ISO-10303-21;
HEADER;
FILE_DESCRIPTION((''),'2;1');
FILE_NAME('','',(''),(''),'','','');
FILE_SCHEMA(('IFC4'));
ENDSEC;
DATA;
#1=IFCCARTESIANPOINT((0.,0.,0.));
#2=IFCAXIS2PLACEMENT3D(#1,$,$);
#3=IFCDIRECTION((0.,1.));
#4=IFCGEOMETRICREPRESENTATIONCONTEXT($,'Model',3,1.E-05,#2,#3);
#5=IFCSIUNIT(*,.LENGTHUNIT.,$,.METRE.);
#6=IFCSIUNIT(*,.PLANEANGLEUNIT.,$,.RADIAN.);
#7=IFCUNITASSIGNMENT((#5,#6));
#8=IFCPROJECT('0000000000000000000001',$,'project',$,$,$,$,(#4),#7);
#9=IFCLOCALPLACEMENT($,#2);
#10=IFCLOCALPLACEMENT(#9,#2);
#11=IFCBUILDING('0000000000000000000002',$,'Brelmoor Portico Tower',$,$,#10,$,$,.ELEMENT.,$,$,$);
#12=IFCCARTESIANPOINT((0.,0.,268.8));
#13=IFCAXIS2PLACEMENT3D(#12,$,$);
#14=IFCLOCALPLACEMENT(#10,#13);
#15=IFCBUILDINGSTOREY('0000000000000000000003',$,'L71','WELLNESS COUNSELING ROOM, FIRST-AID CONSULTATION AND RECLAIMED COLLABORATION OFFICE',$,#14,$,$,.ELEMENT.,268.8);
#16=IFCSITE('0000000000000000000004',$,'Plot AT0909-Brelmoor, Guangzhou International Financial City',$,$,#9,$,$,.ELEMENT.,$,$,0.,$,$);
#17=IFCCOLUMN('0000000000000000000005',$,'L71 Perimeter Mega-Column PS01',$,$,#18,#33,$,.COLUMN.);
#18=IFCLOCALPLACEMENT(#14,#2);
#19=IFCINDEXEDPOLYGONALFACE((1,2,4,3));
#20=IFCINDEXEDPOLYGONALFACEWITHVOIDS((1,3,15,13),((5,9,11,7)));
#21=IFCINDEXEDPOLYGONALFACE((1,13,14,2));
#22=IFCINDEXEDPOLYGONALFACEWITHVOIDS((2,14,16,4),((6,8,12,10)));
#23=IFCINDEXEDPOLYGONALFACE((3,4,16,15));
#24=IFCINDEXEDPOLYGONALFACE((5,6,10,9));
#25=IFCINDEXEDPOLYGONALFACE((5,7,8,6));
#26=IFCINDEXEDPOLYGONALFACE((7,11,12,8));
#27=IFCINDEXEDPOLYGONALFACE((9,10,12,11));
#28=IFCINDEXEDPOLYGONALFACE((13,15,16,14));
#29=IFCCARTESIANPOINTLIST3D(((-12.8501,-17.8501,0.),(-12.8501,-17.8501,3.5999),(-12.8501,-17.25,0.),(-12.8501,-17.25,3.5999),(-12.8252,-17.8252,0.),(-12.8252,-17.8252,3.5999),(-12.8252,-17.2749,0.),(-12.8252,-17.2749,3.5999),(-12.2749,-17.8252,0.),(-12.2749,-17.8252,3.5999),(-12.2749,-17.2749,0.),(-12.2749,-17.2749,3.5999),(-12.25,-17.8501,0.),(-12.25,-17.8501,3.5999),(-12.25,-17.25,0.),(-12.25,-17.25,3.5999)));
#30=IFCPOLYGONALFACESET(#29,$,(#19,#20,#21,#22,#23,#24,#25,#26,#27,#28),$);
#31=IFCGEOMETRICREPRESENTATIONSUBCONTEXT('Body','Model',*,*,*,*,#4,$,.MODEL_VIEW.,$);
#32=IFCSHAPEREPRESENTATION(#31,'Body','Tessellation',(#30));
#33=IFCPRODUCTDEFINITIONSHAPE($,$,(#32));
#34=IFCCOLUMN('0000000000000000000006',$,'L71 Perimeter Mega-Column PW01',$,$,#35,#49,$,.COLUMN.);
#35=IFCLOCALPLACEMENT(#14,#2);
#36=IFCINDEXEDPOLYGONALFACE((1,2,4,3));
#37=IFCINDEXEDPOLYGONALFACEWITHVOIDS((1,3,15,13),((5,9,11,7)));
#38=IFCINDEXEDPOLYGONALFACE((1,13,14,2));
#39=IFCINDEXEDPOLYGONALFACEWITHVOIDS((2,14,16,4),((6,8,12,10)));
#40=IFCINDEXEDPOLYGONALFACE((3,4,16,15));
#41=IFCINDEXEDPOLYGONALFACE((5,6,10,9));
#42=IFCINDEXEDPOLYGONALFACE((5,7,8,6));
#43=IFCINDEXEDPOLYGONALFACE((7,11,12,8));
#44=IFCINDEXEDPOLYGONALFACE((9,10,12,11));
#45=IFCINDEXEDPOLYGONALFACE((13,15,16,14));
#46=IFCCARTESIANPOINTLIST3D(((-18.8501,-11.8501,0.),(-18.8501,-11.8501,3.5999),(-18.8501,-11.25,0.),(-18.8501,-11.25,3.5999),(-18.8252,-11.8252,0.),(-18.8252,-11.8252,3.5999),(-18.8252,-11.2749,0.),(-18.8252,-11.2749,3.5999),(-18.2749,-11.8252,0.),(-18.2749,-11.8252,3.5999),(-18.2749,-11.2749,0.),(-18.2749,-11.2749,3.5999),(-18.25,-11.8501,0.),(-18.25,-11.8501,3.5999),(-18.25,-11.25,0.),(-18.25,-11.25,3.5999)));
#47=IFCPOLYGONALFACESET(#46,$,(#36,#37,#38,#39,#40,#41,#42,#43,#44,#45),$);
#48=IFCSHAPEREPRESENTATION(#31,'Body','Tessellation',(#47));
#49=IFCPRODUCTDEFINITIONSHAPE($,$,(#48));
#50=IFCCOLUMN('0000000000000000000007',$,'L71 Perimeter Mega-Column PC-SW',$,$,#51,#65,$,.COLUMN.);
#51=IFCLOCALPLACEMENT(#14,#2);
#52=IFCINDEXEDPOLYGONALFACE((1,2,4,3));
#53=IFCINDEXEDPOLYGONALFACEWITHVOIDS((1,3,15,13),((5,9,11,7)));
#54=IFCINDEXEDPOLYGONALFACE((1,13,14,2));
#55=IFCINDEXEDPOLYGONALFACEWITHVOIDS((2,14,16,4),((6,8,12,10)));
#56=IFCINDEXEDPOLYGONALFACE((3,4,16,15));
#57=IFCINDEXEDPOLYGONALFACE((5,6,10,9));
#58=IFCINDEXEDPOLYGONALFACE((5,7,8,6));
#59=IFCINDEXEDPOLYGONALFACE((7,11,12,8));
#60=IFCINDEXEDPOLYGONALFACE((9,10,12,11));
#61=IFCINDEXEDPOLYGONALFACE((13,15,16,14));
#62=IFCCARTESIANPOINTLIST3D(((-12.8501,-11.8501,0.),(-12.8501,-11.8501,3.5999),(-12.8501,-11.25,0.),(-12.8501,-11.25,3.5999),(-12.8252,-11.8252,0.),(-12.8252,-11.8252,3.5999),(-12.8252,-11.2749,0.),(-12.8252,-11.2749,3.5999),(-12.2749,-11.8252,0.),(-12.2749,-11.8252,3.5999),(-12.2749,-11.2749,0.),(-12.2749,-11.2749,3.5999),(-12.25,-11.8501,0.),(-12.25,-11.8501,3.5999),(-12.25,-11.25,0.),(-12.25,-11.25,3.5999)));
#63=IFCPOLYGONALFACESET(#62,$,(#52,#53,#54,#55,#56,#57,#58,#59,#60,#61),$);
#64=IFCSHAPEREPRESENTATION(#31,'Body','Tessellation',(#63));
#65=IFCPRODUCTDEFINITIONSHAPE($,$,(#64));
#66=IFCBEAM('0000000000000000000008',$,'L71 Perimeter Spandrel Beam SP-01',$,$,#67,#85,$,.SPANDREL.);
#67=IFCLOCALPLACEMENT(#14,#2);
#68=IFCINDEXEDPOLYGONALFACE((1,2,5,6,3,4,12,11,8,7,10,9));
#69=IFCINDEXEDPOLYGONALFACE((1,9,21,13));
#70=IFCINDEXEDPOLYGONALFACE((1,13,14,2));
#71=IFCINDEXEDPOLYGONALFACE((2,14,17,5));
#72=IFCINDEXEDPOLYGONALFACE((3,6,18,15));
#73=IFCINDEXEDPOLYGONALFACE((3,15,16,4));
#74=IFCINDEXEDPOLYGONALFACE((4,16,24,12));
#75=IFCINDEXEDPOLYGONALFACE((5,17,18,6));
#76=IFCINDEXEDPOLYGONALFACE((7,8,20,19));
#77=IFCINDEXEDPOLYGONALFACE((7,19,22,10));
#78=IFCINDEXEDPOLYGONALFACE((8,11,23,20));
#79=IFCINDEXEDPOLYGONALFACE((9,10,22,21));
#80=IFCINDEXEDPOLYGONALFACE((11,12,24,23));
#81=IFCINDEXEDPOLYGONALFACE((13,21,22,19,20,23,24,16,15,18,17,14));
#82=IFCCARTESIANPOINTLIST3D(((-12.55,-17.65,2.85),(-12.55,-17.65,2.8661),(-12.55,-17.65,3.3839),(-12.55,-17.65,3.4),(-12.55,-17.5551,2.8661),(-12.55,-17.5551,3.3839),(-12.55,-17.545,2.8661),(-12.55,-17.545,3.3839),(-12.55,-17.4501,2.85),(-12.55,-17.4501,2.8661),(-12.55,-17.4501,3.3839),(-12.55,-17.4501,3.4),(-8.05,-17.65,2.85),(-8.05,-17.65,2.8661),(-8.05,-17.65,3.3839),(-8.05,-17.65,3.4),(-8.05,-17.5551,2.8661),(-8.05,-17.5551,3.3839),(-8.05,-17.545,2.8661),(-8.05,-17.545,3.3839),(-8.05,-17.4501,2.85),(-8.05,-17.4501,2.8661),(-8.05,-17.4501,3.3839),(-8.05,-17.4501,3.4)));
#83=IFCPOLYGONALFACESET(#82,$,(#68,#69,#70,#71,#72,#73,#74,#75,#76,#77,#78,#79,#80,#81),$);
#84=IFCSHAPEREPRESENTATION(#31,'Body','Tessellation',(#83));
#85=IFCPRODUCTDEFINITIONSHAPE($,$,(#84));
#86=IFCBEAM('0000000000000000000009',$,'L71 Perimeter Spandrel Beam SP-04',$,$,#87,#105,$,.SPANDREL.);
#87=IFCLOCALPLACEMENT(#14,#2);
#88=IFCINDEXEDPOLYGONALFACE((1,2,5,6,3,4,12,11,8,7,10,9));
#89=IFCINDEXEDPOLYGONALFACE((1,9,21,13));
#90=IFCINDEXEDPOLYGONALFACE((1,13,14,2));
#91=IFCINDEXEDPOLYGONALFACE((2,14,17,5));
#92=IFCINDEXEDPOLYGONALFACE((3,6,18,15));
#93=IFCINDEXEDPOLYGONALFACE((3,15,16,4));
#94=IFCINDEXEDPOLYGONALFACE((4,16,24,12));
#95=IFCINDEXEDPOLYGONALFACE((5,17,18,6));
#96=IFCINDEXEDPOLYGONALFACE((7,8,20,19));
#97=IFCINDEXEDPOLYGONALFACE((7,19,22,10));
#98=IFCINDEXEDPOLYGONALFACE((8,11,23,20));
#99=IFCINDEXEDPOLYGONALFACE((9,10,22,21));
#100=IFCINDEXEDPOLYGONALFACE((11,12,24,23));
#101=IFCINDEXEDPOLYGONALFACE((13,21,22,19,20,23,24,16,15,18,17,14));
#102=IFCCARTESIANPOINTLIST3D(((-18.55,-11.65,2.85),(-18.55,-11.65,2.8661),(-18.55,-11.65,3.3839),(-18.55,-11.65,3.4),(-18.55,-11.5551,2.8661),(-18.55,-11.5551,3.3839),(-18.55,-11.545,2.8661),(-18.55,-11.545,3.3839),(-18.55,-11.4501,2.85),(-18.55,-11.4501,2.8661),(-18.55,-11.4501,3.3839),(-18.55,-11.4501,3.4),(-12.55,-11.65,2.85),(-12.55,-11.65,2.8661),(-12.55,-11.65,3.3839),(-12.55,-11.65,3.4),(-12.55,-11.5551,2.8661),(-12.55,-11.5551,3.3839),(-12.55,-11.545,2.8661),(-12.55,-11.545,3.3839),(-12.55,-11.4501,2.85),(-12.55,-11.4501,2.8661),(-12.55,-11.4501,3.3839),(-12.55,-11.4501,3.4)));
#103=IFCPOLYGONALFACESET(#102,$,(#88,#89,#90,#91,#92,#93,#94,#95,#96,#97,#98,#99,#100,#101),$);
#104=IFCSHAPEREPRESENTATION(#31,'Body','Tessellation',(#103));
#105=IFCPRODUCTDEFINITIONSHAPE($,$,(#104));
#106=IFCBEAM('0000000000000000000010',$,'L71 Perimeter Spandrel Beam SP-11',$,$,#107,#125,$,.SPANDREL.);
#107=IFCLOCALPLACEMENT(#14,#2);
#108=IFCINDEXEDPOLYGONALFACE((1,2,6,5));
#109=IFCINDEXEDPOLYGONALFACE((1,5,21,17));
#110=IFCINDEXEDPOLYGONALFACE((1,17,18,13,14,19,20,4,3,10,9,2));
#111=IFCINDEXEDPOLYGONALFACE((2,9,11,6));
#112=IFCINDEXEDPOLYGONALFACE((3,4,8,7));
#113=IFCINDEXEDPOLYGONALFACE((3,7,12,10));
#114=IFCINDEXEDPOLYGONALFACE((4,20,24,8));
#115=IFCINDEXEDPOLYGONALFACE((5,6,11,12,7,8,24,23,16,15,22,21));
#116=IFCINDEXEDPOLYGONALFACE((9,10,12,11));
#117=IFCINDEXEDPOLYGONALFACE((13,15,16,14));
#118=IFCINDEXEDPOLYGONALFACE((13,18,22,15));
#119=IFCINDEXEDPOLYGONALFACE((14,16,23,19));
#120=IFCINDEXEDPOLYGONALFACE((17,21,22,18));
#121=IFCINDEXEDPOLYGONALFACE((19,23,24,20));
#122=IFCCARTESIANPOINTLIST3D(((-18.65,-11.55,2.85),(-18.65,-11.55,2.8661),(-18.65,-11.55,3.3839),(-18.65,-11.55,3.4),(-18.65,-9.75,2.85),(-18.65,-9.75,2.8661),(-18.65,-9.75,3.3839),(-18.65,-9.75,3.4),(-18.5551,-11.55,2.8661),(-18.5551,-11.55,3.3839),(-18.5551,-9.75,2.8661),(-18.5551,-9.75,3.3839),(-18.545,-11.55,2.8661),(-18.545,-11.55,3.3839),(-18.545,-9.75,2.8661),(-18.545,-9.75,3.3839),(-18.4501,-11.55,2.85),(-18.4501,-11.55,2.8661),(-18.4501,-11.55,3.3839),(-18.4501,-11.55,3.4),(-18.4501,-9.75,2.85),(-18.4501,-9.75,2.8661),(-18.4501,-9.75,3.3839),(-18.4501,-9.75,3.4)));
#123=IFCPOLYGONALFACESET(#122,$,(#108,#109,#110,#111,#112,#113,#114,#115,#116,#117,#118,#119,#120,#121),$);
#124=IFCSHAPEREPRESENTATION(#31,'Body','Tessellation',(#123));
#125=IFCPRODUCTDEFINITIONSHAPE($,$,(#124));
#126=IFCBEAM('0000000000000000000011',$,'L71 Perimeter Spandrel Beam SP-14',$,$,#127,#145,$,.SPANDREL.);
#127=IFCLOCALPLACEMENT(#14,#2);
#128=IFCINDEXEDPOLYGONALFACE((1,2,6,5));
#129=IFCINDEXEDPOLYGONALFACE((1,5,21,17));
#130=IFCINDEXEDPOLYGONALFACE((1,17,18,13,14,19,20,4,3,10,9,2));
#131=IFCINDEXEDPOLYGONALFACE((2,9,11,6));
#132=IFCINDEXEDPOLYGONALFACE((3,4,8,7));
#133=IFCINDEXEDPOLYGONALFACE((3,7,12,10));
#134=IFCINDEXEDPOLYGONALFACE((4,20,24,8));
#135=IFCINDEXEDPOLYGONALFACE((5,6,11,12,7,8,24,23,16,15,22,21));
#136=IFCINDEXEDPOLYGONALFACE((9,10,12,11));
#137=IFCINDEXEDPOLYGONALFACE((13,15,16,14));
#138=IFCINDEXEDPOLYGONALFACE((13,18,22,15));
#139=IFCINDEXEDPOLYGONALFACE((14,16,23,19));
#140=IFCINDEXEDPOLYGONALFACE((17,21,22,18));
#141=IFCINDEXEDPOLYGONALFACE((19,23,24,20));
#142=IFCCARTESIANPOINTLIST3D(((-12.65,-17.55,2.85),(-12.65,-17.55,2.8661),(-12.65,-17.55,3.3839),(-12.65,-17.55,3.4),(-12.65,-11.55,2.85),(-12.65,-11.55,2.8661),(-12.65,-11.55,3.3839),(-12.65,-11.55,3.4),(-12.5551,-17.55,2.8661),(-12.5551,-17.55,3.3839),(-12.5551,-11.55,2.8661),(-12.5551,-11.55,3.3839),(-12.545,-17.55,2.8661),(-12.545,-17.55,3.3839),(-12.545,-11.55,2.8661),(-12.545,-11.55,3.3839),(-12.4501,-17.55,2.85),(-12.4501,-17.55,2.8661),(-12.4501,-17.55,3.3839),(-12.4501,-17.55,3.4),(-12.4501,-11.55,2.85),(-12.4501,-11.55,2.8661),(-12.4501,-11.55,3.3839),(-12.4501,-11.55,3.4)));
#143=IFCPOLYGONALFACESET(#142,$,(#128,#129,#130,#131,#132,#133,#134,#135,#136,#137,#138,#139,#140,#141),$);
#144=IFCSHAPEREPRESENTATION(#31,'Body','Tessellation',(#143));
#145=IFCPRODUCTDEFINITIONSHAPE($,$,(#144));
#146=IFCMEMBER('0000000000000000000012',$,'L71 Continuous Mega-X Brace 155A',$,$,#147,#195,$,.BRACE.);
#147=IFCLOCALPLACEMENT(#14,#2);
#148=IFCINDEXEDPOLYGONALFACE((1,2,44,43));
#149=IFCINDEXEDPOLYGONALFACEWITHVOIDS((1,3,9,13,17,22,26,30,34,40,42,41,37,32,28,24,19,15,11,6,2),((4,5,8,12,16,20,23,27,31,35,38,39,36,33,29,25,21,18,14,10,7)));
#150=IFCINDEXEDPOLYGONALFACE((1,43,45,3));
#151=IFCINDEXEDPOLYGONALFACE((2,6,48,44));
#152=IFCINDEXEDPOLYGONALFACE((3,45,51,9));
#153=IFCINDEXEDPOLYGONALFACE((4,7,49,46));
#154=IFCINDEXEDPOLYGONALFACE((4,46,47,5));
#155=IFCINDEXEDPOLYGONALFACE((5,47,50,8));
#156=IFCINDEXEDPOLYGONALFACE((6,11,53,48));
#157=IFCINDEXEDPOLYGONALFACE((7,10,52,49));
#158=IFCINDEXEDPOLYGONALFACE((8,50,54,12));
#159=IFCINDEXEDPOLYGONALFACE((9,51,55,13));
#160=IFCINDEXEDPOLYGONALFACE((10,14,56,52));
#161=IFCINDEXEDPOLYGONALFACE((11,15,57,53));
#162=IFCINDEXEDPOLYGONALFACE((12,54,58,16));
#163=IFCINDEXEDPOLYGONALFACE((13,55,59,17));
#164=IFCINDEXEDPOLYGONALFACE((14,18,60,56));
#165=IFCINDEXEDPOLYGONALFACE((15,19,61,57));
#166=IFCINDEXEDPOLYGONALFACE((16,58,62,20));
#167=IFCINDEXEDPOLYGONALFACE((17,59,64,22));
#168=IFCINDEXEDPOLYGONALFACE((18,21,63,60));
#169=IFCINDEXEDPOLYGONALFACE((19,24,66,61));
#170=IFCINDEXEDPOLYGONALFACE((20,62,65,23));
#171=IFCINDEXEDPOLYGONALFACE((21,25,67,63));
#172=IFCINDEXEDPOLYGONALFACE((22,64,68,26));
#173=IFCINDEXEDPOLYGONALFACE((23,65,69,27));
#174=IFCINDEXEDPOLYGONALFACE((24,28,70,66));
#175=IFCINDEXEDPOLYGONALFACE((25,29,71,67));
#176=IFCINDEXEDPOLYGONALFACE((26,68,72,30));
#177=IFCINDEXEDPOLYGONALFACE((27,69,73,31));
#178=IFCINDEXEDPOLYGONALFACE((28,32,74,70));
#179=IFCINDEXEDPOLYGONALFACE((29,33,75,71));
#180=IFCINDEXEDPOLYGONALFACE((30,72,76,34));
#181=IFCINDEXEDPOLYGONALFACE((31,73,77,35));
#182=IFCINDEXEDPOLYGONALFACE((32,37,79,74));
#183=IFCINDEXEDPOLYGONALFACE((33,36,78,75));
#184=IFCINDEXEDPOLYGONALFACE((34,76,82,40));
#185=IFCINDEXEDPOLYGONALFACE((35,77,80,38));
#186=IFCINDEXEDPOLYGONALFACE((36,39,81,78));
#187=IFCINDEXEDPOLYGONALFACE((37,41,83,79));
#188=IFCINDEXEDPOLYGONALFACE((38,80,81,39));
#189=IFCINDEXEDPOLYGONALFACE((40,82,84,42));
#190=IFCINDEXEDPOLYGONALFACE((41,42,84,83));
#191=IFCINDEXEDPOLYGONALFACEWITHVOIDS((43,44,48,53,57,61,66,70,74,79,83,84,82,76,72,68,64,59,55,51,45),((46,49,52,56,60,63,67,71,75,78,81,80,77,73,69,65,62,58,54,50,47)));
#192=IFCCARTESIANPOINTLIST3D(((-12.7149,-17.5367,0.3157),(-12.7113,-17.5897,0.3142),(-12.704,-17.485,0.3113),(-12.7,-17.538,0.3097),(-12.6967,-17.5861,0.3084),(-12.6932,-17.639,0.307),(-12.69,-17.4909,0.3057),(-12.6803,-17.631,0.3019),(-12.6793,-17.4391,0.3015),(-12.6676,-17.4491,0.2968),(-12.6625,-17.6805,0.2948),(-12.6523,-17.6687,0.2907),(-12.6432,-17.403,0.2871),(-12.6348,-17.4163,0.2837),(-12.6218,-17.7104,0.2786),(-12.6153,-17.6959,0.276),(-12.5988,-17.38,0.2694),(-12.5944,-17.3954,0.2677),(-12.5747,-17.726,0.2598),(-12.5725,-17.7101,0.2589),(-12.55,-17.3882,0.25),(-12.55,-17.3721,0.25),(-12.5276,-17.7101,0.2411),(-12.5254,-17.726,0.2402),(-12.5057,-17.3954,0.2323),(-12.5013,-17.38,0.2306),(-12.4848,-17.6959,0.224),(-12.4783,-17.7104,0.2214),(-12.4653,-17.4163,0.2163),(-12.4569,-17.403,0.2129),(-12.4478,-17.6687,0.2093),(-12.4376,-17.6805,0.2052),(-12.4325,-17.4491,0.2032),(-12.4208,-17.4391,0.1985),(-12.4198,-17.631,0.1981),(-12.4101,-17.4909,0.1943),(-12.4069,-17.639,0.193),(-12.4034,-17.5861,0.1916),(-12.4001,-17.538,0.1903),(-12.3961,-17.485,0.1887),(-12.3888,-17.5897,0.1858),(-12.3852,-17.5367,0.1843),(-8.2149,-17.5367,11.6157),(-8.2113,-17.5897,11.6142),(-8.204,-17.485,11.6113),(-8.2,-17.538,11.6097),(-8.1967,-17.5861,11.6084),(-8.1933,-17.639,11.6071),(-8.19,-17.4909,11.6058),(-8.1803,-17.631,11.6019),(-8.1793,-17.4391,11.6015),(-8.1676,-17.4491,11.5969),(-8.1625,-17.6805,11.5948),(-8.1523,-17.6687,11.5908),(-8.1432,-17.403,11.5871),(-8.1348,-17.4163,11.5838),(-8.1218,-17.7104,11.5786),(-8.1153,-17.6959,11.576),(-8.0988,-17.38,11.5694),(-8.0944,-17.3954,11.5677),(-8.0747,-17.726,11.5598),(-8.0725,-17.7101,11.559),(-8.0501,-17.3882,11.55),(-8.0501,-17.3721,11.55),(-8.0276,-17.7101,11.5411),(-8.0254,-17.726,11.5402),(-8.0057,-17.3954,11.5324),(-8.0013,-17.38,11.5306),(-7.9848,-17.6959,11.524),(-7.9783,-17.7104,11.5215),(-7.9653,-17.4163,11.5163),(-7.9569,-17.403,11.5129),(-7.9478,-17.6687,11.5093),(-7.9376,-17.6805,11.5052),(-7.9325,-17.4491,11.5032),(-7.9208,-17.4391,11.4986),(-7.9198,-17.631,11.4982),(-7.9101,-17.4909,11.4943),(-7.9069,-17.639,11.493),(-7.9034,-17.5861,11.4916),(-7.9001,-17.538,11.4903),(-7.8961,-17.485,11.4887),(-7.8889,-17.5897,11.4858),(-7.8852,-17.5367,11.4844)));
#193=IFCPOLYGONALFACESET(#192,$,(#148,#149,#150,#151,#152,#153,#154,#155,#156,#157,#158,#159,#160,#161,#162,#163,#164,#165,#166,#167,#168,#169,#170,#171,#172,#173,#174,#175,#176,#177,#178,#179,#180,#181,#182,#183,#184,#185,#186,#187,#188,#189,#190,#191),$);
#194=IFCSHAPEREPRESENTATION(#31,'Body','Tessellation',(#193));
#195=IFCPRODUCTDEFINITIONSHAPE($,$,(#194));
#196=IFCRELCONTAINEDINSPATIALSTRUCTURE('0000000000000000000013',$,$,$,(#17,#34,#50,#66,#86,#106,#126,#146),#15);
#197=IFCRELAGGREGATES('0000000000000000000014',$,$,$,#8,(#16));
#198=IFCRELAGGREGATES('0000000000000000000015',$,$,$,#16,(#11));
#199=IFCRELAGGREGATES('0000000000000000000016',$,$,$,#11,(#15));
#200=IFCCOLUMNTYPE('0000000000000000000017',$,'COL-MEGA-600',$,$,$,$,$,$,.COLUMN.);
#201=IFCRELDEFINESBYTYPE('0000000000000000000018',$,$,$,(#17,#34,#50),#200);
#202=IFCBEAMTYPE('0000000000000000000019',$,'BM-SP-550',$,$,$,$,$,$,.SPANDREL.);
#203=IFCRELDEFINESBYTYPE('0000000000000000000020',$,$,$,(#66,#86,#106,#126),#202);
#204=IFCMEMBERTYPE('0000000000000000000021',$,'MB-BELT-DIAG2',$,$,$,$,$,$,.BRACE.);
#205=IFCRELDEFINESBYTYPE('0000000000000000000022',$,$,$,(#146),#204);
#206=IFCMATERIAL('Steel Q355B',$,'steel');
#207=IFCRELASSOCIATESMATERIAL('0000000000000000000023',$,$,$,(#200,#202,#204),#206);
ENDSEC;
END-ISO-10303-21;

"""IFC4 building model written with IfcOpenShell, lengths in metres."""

from ifc_helpers import new_model, si_unit, direction, frame, origin, origin_2d, place, context, subcontext, project, spatial, hollow_rectangle, hollow_circle, i_section, extrude, material, material_profile, profile_set, type_object, element, save


model = new_model("IFC4")

# Units and contexts
model_context = context("Model", 3, precision=1e-05, world=origin(), true_north=direction((0.0, 1.0)))
body_context = subcontext(model_context, "Body", "Model", "MODEL_VIEW")
ifc_project = project(units=[si_unit("LENGTHUNIT", "METRE"), si_unit("PLANEANGLEUNIT", "RADIAN")], contexts=[model_context])

# Site, building, storey
site_placement = place(None, origin())
site = spatial("IfcSite", under=ifc_project, at=site_placement, Name="Plot AT0909-Brelmoor, Guangzhou International Financial City", CompositionType="ELEMENT", RefElevation=0.0)
building_placement = place(site_placement, origin())
building = spatial("IfcBuilding", under=site, at=building_placement, Name="Brelmoor Portico Tower", CompositionType="ELEMENT")
storey_placement = place(building_placement, frame((0.0, 0.0, 268.8)))
storey = spatial("IfcBuildingStorey", under=building, at=storey_placement, Name="L71", Description="WELLNESS COUNSELING ROOM, FIRST-AID CONSULTATION AND RECLAIMED COLLABORATION OFFICE", CompositionType="ELEMENT", Elevation=268.8)

# Columns
ifc_material_1 = material(Name="Steel Q355B", Category="steel")
ifc_material_profile_1 = material_profile(ifc_material_1, hollow_rectangle(XDim=0.6001, YDim=0.6001, WallThickness=0.0249, at=origin_2d()), Name="BOX 600x600x25")
ifc_profile_set_1 = profile_set([ifc_material_profile_1], Name="Steel Q355B")
column_type = type_object("IfcColumnType", Name="COL-MEGA-600", PredefinedType="COLUMN", material=ifc_profile_set_1)
for number, where, z_axis, x_axis, name in (
    (1, (-12.55, -17.55, 0.0), (0.0, 0.0, 1.0), (1.0, 0.0, 0.0), "L71 Perimeter Mega-Column PS01"),
    (2, (-18.55, -11.55, 0.0), (0.0, 0.0, 1.0), (0.0, 1.0, 0.0), "L71 Perimeter Mega-Column PW01"),
    (3, (-12.55, -11.55, 0.0), (0.0, 0.0, 1.0), (1.0, 0.0, 0.0), "L71 Perimeter Mega-Column PC-SW"),
):
    element("IfcColumn", number, at=place(storey_placement, frame(where, z_axis=z_axis, x_axis=x_axis)), inside=storey, type_object=column_type, Name=name, PredefinedType="COLUMN", context=body_context, shape_type="SweptSolid", body=[
        extrude(hollow_rectangle(XDim=0.6001, YDim=0.6001, WallThickness=0.0249, at=origin_2d()), origin(), (0.0, 0.0, 1.0), 3.5999),
    ])

# Beams
ifc_material_profile_2 = material_profile(ifc_material_1, i_section(OverallWidth=0.2, OverallDepth=0.55, WebThickness=0.01, FlangeThickness=0.0161, at=origin_2d()), Name="HN 550x200x10x16")
ifc_profile_set_2 = profile_set([ifc_material_profile_2], Name="Steel Q355B")
beam_type = type_object("IfcBeamType", Name="BM-SP-550", PredefinedType="SPANDREL", material=ifc_profile_set_2)
beam_1_placement = place(storey_placement, frame((-12.55, -17.55, 3.125), z_axis=(1.0, 0.0, 0.0), x_axis=(0.0, 1.0, 0.0)))
element("IfcBeam", 4, at=beam_1_placement, inside=storey, type_object=beam_type, Name="L71 Perimeter Spandrel Beam SP-01", PredefinedType="SPANDREL", context=body_context, shape_type="SweptSolid", body=[
    extrude(i_section(OverallWidth=0.2, OverallDepth=0.55, WebThickness=0.01, FlangeThickness=0.0161, at=origin_2d()), origin(), (0.0, 0.0, 1.0), 4.5),
])
beam_2_placement = place(storey_placement, frame((-18.55, -11.55, 3.125), z_axis=(1.0, 0.0, 0.0), x_axis=(0.0, 1.0, 0.0)))
element("IfcBeam", 5, at=beam_2_placement, inside=storey, type_object=beam_type, Name="L71 Perimeter Spandrel Beam SP-04", PredefinedType="SPANDREL", context=body_context, shape_type="SweptSolid", body=[
    extrude(i_section(OverallWidth=0.2, OverallDepth=0.55, WebThickness=0.01, FlangeThickness=0.0161, at=origin_2d()), origin(), (0.0, 0.0, 1.0), 6.0),
])
beam_3_placement = place(storey_placement, frame((-18.55, -11.55, 3.125), z_axis=(0.0, 1.0, 0.0), x_axis=(-1.0, 0.0, 0.0)))
element("IfcBeam", 6, at=beam_3_placement, inside=storey, type_object=beam_type, Name="L71 Perimeter Spandrel Beam SP-11", PredefinedType="SPANDREL", context=body_context, shape_type="SweptSolid", body=[
    extrude(i_section(OverallWidth=0.2, OverallDepth=0.55, WebThickness=0.01, FlangeThickness=0.0161, at=origin_2d()), origin(), (0.0, 0.0, 1.0), 1.8),
])
beam_4_placement = place(storey_placement, frame((-12.55, -17.55, 3.125), z_axis=(0.0, 1.0, 0.0), x_axis=(-1.0, 0.0, 0.0)))
element("IfcBeam", 7, at=beam_4_placement, inside=storey, type_object=beam_type, Name="L71 Perimeter Spandrel Beam SP-14", PredefinedType="SPANDREL", context=body_context, shape_type="SweptSolid", body=[
    extrude(i_section(OverallWidth=0.2, OverallDepth=0.55, WebThickness=0.01, FlangeThickness=0.0161, at=origin_2d()), origin(), (0.0, 0.0, 1.0), 6.0),
])

# Member
ifc_material_profile_3 = material_profile(ifc_material_1, hollow_circle(Radius=0.178, WallThickness=0.0161, at=origin_2d()), Name="CHS 356x16")
ifc_profile_set_3 = profile_set([ifc_material_profile_3], Name="Steel Q355B")
member_type_1 = type_object("IfcMemberType", Name="MB-BELT-DIAG2", PredefinedType="BRACE", material=ifc_profile_set_3)
member_1_placement = place(storey_placement, frame((-12.55, -17.55, 0.25), z_axis=(0.369971, 0.0, 0.929043), x_axis=(0.0, 1.0, 0.0)))
element("IfcMember", 8, at=member_1_placement, inside=storey, type_object=member_type_1, Name="L71 Continuous Mega-X Brace 155A", PredefinedType="BRACE", context=body_context, shape_type="SweptSolid", body=[
    extrude(hollow_circle(Radius=0.178, WallThickness=0.0161, at=origin_2d()), origin(), (0.0, 0.0, 1.0), 12.1631),
])

save(model, "model.ifc")
